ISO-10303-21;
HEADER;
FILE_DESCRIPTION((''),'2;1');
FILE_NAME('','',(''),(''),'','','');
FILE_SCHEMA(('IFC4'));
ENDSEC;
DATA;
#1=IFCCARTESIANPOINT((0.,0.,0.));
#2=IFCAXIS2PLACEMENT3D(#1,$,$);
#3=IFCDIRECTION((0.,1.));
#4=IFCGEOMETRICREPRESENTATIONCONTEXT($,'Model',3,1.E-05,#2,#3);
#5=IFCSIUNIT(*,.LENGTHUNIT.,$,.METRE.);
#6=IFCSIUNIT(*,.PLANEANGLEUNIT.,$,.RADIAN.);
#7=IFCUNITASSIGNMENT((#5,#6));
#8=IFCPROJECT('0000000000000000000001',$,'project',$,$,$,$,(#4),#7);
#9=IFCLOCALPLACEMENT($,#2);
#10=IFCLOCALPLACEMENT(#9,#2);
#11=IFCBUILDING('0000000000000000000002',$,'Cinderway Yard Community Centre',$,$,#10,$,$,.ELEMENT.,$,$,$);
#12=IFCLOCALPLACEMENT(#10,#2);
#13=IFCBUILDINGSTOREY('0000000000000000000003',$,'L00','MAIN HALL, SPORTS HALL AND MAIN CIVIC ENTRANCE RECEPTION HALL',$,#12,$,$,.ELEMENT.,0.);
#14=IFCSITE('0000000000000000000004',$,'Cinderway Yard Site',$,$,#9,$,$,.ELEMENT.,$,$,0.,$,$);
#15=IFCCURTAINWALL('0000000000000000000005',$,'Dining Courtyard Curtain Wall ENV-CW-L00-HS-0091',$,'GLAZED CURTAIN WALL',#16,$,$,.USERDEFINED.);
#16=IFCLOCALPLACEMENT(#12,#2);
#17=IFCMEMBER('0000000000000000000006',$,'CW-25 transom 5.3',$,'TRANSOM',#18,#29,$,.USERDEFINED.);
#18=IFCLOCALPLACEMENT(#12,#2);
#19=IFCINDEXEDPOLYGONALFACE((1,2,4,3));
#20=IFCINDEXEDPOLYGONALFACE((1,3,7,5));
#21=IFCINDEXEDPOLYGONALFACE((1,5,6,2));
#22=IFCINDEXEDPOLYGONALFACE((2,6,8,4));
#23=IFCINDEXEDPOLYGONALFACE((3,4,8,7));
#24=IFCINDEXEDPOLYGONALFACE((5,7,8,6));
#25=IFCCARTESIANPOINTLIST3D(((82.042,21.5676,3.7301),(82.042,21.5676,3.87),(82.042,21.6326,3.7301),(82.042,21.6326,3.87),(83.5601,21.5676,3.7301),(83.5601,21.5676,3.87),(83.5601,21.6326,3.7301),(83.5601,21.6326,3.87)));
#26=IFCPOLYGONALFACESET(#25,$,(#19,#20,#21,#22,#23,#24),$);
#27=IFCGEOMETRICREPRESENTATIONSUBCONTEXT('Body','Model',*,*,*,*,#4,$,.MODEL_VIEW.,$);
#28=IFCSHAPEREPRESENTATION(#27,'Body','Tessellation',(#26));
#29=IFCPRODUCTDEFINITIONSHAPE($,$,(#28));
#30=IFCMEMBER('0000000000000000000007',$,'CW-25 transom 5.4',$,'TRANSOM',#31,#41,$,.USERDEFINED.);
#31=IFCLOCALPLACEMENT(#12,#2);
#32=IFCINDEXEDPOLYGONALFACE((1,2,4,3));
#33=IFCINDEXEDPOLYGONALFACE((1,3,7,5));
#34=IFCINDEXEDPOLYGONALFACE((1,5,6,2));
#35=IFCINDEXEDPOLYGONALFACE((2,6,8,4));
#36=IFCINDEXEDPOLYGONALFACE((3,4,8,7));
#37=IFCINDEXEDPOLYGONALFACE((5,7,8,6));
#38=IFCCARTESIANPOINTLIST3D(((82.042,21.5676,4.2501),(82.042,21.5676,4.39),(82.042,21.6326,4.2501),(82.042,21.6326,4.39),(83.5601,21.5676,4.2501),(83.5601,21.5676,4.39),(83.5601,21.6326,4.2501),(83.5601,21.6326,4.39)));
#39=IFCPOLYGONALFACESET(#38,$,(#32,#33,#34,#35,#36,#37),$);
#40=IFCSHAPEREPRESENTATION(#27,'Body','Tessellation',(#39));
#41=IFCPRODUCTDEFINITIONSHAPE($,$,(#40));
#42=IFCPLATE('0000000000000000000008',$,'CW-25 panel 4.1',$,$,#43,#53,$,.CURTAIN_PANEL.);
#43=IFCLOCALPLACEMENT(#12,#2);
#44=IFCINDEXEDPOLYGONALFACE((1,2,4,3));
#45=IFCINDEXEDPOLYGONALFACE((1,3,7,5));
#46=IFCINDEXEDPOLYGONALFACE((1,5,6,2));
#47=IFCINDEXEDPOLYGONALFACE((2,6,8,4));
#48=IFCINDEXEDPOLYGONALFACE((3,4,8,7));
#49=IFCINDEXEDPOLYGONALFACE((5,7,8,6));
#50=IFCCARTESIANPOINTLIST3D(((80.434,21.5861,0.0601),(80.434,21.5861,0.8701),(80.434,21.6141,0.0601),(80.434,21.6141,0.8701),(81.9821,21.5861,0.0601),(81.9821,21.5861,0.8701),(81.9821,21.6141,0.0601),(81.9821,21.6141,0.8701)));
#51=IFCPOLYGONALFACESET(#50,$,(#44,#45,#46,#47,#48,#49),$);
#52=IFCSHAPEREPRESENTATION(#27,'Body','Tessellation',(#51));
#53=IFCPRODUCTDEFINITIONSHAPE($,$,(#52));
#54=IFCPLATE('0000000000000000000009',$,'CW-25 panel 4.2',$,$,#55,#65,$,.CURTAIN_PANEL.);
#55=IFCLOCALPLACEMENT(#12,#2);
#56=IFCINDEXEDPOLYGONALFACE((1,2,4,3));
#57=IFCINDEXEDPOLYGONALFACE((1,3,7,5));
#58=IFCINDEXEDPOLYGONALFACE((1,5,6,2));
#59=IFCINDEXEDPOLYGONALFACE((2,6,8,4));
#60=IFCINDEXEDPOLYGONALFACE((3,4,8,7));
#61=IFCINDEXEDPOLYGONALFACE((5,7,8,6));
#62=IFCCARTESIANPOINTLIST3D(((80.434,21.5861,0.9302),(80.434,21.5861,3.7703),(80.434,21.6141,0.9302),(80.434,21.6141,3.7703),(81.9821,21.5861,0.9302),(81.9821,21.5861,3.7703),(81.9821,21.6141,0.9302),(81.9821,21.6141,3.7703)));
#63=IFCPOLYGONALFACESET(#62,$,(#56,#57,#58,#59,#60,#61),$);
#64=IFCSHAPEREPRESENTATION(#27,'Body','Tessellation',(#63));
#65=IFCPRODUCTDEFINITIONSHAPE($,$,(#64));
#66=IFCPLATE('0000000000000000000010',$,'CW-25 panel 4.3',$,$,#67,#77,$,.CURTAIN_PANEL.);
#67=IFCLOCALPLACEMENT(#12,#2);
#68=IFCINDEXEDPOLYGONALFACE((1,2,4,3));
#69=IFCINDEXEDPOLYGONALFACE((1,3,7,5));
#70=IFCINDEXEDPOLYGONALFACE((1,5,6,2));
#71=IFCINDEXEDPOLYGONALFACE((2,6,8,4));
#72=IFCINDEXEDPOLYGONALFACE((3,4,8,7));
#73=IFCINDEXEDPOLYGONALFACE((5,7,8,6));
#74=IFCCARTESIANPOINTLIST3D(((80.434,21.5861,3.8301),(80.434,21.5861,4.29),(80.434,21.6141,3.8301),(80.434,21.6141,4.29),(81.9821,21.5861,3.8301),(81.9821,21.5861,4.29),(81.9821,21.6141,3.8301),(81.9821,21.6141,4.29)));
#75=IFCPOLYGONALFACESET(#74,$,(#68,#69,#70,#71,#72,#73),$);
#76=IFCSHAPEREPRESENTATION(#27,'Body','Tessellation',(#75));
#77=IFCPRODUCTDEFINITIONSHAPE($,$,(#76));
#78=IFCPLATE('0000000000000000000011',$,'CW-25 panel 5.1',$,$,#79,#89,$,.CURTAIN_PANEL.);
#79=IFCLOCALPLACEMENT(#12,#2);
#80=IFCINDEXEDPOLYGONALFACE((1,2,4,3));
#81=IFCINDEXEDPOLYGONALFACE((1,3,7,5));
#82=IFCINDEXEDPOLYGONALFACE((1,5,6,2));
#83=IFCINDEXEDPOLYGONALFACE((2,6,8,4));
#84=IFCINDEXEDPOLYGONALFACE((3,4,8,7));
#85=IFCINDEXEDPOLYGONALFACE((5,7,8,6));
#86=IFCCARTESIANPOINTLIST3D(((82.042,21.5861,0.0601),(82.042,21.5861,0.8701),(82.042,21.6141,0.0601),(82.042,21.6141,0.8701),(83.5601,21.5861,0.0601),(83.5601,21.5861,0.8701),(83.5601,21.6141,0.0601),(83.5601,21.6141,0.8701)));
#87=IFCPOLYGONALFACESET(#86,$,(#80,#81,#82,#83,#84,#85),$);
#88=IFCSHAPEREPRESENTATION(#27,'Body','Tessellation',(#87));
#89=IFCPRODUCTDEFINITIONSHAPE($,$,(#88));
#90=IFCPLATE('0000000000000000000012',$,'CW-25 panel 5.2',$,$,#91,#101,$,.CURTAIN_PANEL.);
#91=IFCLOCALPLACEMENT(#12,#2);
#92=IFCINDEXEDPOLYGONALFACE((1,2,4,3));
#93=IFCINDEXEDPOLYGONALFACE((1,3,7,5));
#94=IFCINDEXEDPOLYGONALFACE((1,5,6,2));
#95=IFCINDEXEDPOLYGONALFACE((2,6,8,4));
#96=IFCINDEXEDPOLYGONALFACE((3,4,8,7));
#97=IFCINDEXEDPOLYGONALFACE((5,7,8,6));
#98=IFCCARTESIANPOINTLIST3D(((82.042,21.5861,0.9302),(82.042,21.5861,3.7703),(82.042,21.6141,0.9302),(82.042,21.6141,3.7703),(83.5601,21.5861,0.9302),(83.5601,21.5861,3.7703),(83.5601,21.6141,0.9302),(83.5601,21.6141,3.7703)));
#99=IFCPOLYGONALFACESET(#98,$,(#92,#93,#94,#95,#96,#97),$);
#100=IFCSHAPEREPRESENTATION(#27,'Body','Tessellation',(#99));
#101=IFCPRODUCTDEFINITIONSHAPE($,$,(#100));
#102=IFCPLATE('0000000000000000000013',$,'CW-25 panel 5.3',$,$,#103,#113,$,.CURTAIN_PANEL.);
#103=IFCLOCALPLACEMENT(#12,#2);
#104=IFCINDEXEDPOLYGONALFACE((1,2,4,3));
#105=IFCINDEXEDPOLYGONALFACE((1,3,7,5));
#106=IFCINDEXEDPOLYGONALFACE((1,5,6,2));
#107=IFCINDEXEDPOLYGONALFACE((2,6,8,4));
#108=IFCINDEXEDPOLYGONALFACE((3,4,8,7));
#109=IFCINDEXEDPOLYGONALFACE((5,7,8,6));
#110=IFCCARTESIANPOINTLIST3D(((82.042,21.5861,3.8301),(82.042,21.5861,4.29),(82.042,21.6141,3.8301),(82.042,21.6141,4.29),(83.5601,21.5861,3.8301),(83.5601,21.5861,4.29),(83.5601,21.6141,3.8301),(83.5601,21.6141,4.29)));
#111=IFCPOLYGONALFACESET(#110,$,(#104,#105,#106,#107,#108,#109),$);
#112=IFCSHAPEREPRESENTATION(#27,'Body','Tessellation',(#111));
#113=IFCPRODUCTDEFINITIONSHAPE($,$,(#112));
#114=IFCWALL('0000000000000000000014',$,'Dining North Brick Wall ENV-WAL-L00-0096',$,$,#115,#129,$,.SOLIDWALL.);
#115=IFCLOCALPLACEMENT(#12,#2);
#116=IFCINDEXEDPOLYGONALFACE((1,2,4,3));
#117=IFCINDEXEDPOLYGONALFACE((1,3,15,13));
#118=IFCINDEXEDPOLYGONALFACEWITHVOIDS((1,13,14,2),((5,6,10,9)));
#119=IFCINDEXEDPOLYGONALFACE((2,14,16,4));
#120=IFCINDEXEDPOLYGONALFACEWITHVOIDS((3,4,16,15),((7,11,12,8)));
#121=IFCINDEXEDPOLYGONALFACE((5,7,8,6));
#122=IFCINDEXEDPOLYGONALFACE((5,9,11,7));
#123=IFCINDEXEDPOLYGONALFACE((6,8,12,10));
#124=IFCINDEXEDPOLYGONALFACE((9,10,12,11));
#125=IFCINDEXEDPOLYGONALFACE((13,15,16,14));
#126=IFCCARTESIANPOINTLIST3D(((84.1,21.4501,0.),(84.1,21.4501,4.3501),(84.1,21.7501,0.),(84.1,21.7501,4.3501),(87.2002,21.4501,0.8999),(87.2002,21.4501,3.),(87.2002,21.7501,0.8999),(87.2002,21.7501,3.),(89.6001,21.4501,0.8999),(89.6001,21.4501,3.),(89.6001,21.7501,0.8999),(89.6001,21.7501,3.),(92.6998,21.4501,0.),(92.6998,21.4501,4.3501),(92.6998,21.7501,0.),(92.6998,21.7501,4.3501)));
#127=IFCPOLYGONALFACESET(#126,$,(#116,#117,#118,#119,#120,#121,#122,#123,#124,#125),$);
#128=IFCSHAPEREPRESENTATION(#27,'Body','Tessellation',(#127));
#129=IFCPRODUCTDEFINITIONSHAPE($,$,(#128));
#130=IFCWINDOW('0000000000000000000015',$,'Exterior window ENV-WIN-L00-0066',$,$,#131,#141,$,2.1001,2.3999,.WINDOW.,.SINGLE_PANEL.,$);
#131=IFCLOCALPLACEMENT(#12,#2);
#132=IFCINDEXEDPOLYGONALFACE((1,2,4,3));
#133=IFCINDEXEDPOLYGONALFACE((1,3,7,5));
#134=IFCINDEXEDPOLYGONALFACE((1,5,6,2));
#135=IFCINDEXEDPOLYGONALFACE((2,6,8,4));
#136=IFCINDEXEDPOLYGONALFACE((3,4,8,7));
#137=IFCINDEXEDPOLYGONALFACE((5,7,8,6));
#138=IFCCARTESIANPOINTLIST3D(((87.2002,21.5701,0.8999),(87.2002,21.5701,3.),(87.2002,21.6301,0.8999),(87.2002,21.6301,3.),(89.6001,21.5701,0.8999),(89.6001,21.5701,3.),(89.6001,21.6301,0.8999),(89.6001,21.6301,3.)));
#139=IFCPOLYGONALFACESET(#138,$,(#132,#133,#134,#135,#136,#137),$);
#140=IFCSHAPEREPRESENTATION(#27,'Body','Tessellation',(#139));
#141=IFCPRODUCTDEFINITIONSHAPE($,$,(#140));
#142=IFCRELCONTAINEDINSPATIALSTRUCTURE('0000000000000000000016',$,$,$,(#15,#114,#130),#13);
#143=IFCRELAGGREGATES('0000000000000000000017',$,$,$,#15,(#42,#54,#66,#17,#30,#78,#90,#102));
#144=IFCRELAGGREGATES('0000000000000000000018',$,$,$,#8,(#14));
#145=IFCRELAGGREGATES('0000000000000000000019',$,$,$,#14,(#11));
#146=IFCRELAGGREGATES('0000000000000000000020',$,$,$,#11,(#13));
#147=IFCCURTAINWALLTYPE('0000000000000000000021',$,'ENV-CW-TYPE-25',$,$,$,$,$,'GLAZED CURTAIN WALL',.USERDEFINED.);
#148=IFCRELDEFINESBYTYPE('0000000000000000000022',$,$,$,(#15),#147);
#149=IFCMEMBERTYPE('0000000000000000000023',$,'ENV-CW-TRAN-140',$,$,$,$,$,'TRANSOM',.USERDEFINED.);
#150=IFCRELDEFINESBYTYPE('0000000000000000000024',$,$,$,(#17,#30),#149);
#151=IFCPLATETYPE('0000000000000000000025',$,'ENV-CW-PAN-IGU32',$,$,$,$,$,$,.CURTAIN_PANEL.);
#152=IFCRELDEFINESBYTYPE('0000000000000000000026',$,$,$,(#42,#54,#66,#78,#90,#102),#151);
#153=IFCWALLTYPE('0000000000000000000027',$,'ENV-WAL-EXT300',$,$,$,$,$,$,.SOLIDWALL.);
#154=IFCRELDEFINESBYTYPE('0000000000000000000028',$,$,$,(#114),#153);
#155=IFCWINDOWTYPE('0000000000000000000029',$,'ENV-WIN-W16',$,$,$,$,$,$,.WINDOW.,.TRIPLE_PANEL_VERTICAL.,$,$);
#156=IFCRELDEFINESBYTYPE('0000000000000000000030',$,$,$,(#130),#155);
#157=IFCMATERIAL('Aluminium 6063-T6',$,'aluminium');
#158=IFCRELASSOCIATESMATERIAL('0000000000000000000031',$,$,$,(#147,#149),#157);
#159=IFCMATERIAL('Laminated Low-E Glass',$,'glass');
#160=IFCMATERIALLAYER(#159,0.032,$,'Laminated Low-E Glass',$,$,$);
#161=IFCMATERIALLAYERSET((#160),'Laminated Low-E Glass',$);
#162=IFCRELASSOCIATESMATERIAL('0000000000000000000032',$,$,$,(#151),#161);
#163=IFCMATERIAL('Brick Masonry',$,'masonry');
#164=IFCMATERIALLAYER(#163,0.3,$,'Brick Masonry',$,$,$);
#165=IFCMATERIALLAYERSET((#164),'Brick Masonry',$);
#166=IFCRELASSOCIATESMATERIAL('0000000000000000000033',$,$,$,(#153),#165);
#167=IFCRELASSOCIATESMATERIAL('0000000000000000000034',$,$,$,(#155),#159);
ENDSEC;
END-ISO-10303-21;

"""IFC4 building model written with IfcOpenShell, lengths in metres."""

from ifc_helpers import new_model, si_unit, direction, frame, frame_2d, origin, origin_2d, place, context, subcontext, project, spatial, rectangle, extrude, material, layer, layer_set, material_profile, profile_set, type_object, element, fill, aggregate, save


model = new_model("IFC4")

# Units and contexts
model_context = context("Model", 3, precision=1e-05, world=origin(), true_north=direction((0.0, 1.0)))
body_context = subcontext(model_context, "Body", "Model", "MODEL_VIEW")
ifc_project = project(units=[si_unit("LENGTHUNIT", "METRE"), si_unit("PLANEANGLEUNIT", "RADIAN")], contexts=[model_context])

# Site, building, storey
site_placement = place(None, origin())
site = spatial("IfcSite", under=ifc_project, at=site_placement, Name="Cinderway Yard Site", CompositionType="ELEMENT", RefElevation=0.0)
building_placement = place(site_placement, origin())
building = spatial("IfcBuilding", under=site, at=building_placement, Name="Cinderway Yard Community Centre", CompositionType="ELEMENT")
storey_placement = place(building_placement, origin())
storey = spatial("IfcBuildingStorey", under=building, at=storey_placement, Name="L00", Description="MAIN HALL, SPORTS HALL AND MAIN CIVIC ENTRANCE RECEPTION HALL", CompositionType="ELEMENT", Elevation=0.0)

# Curtain wall, members, plates
ifc_material_1 = material(Name="Aluminium 6063-T6", Category="aluminium")
curtain_wall_type = type_object("IfcCurtainWallType", Name="ENV-CW-TYPE-25", ElementType="GLAZED CURTAIN WALL", PredefinedType="USERDEFINED", material=ifc_material_1)
curtain_wall_placement = place(storey_placement, origin())
curtain_wall = element("IfcCurtainWall", 1, at=curtain_wall_placement, inside=storey, type_object=curtain_wall_type, Name="Dining Courtyard Curtain Wall ENV-CW-L00-HS-0091", ObjectType="GLAZED CURTAIN WALL", PredefinedType="USERDEFINED")
ifc_material_profile_1 = material_profile(ifc_material_1, rectangle(XDim=0.0649, YDim=0.1399, at=origin_2d()), Name="Aluminium 6063-T6")
ifc_profile_set_1 = profile_set([ifc_material_profile_1], Name="Aluminium 6063-T6")
member_type_1 = type_object("IfcMemberType", Name="ENV-CW-TRAN-140", ElementType="TRANSOM", PredefinedType="USERDEFINED", material=ifc_profile_set_1)
member_1_placement = place(storey_placement, frame((82.042, 21.6001, 3.8), z_axis=(1.0, 0.0, 0.0), x_axis=(0.0, 1.0, 0.0)))
member_1 = element("IfcMember", 2, at=member_1_placement, type_object=member_type_1, Name="CW-25 transom 5.3", ObjectType="TRANSOM", PredefinedType="USERDEFINED", context=body_context, shape_type="SweptSolid", body=[
    extrude(rectangle(XDim=0.0649, YDim=0.1399, at=origin_2d()), origin(), (0.0, 0.0, 1.0), 1.5181),
])
member_2_placement = place(storey_placement, frame((82.042, 21.6001, 4.3201), z_axis=(1.0, 0.0, 0.0), x_axis=(0.0, 1.0, 0.0)))
member_2 = element("IfcMember", 3, at=member_2_placement, type_object=member_type_1, Name="CW-25 transom 5.4", ObjectType="TRANSOM", PredefinedType="USERDEFINED", context=body_context, shape_type="SweptSolid", body=[
    extrude(rectangle(XDim=0.0649, YDim=0.1399, at=origin_2d()), origin(), (0.0, 0.0, 1.0), 1.5181),
])
ifc_material_2 = material(Name="Laminated Low-E Glass", Category="glass")
ifc_layer_1 = layer(ifc_material_2, 0.032, Name="Laminated Low-E Glass")
ifc_layer_set_1 = layer_set([ifc_layer_1], Name="Laminated Low-E Glass")
plate_type = type_object("IfcPlateType", Name="ENV-CW-PAN-IGU32", PredefinedType="CURTAIN_PANEL", material=ifc_layer_set_1)
plate_1_placement = place(storey_placement, frame((81.208, 21.6001, 0.0601), z_axis=(0.0, 0.0, 1.0), x_axis=(1.0, 0.0, 0.0)))
plate_1 = element("IfcPlate", 4, at=plate_1_placement, type_object=plate_type, Name="CW-25 panel 4.1", PredefinedType="CURTAIN_PANEL", context=body_context, shape_type="SweptSolid", body=[
    extrude(rectangle(XDim=1.5481, YDim=0.0281, at=origin_2d()), origin(), (0.0, 0.0, 1.0), 0.8101),
])
plate_2_placement = place(storey_placement, frame((81.208, 21.6001, 0.9302), z_axis=(0.0, 0.0, 1.0), x_axis=(1.0, 0.0, 0.0)))
plate_2 = element("IfcPlate", 5, at=plate_2_placement, type_object=plate_type, Name="CW-25 panel 4.2", PredefinedType="CURTAIN_PANEL", context=body_context, shape_type="SweptSolid", body=[
    extrude(rectangle(XDim=1.5481, YDim=0.0281, at=origin_2d()), origin(), (0.0, 0.0, 1.0), 2.8401),
])
plate_3_placement = place(storey_placement, frame((81.208, 21.6001, 3.8301), z_axis=(0.0, 0.0, 1.0), x_axis=(1.0, 0.0, 0.0)))
plate_3 = element("IfcPlate", 6, at=plate_3_placement, type_object=plate_type, Name="CW-25 panel 4.3", PredefinedType="CURTAIN_PANEL", context=body_context, shape_type="SweptSolid", body=[
    extrude(rectangle(XDim=1.5481, YDim=0.0281, at=origin_2d()), origin(), (0.0, 0.0, 1.0), 0.46),
])
plate_4_placement = place(storey_placement, frame((82.801, 21.6001, 0.0601), z_axis=(0.0, 0.0, 1.0), x_axis=(1.0, 0.0, 0.0)))
plate_4 = element("IfcPlate", 7, at=plate_4_placement, type_object=plate_type, Name="CW-25 panel 5.1", PredefinedType="CURTAIN_PANEL", context=body_context, shape_type="SweptSolid", body=[
    extrude(rectangle(XDim=1.5181, YDim=0.0281, at=origin_2d()), origin(), (0.0, 0.0, 1.0), 0.8101),
])
plate_5_placement = place(storey_placement, frame((82.801, 21.6001, 0.9302), z_axis=(0.0, 0.0, 1.0), x_axis=(1.0, 0.0, 0.0)))
plate_5 = element("IfcPlate", 8, at=plate_5_placement, type_object=plate_type, Name="CW-25 panel 5.2", PredefinedType="CURTAIN_PANEL", context=body_context, shape_type="SweptSolid", body=[
    extrude(rectangle(XDim=1.5181, YDim=0.0281, at=origin_2d()), origin(), (0.0, 0.0, 1.0), 2.8401),
])
plate_6_placement = place(storey_placement, frame((82.801, 21.6001, 3.8301), z_axis=(0.0, 0.0, 1.0), x_axis=(1.0, 0.0, 0.0)))
plate_6 = element("IfcPlate", 9, at=plate_6_placement, type_object=plate_type, Name="CW-25 panel 5.3", PredefinedType="CURTAIN_PANEL", context=body_context, shape_type="SweptSolid", body=[
    extrude(rectangle(XDim=1.5181, YDim=0.0281, at=origin_2d()), origin(), (0.0, 0.0, 1.0), 0.46),
])
aggregate(curtain_wall, [plate_1, plate_2, plate_3, member_1, member_2, plate_4, plate_5, plate_6])

# Wall, opening, window
ifc_material_3 = material(Name="Brick Masonry", Category="masonry")
ifc_layer_2 = layer(ifc_material_3, 0.3, Name="Brick Masonry")
ifc_layer_set_2 = layer_set([ifc_layer_2], Name="Brick Masonry")
wall_type = type_object("IfcWallType", Name="ENV-WAL-EXT300", PredefinedType="SOLIDWALL", material=ifc_layer_set_2)
wall_placement = place(storey_placement, frame((84.1001, 21.6001, 0.0), z_axis=(0.0, 0.0, 1.0), x_axis=(1.0, 0.0, 0.0)))
wall = element("IfcWall", 10, at=wall_placement, inside=storey, type_object=wall_type, Name="Dining North Brick Wall ENV-WAL-L00-0096", PredefinedType="SOLIDWALL", context=body_context, shape_type="SweptSolid", body=[
    extrude(rectangle(XDim=8.5999, YDim=0.3, at=frame_2d((4.2998, 0.0))), origin(), (0.0, 0.0, 1.0), 4.3501),
])
opening_placement = place(wall_placement, frame((3.1001, 0.0, 0.8999)))
opening = element("IfcOpeningElement", 11, at=opening_placement, cuts=wall, PredefinedType="OPENING", context=body_context, shape_type="SweptSolid", body=[
    extrude(rectangle(XDim=2.3999, YDim=2.1001, at=frame_2d((1.2, 1.05))), frame((0.0, 0.1599, 0.0), z_axis=(0.0, -1.0, 0.0), x_axis=(1.0, 0.0, 0.0)), (0.0, 0.0, 1.0), 0.3201),
])
window_type = type_object("IfcWindowType", Name="ENV-WIN-W16", PartitioningType="TRIPLE_PANEL_VERTICAL", PredefinedType="WINDOW", material=ifc_material_2)
window_placement = place(opening_placement, origin())
window = element("IfcWindow", 12, at=window_placement, inside=storey, type_object=window_type, Name="Exterior window ENV-WIN-L00-0066", OverallHeight=2.1001, OverallWidth=2.3999, PartitioningType="SINGLE_PANEL", PredefinedType="WINDOW", context=body_context, shape_type="SweptSolid", body=[
    extrude(rectangle(XDim=2.3999, YDim=2.1001, at=frame_2d((1.2, 1.05))), frame((0.0, 0.03, 0.0), z_axis=(0.0, -1.0, 0.0), x_axis=(1.0, 0.0, 0.0)), (0.0, 0.0, 1.0), 0.0601),
])
fill(opening, window)

save(model, "model.ifc")
